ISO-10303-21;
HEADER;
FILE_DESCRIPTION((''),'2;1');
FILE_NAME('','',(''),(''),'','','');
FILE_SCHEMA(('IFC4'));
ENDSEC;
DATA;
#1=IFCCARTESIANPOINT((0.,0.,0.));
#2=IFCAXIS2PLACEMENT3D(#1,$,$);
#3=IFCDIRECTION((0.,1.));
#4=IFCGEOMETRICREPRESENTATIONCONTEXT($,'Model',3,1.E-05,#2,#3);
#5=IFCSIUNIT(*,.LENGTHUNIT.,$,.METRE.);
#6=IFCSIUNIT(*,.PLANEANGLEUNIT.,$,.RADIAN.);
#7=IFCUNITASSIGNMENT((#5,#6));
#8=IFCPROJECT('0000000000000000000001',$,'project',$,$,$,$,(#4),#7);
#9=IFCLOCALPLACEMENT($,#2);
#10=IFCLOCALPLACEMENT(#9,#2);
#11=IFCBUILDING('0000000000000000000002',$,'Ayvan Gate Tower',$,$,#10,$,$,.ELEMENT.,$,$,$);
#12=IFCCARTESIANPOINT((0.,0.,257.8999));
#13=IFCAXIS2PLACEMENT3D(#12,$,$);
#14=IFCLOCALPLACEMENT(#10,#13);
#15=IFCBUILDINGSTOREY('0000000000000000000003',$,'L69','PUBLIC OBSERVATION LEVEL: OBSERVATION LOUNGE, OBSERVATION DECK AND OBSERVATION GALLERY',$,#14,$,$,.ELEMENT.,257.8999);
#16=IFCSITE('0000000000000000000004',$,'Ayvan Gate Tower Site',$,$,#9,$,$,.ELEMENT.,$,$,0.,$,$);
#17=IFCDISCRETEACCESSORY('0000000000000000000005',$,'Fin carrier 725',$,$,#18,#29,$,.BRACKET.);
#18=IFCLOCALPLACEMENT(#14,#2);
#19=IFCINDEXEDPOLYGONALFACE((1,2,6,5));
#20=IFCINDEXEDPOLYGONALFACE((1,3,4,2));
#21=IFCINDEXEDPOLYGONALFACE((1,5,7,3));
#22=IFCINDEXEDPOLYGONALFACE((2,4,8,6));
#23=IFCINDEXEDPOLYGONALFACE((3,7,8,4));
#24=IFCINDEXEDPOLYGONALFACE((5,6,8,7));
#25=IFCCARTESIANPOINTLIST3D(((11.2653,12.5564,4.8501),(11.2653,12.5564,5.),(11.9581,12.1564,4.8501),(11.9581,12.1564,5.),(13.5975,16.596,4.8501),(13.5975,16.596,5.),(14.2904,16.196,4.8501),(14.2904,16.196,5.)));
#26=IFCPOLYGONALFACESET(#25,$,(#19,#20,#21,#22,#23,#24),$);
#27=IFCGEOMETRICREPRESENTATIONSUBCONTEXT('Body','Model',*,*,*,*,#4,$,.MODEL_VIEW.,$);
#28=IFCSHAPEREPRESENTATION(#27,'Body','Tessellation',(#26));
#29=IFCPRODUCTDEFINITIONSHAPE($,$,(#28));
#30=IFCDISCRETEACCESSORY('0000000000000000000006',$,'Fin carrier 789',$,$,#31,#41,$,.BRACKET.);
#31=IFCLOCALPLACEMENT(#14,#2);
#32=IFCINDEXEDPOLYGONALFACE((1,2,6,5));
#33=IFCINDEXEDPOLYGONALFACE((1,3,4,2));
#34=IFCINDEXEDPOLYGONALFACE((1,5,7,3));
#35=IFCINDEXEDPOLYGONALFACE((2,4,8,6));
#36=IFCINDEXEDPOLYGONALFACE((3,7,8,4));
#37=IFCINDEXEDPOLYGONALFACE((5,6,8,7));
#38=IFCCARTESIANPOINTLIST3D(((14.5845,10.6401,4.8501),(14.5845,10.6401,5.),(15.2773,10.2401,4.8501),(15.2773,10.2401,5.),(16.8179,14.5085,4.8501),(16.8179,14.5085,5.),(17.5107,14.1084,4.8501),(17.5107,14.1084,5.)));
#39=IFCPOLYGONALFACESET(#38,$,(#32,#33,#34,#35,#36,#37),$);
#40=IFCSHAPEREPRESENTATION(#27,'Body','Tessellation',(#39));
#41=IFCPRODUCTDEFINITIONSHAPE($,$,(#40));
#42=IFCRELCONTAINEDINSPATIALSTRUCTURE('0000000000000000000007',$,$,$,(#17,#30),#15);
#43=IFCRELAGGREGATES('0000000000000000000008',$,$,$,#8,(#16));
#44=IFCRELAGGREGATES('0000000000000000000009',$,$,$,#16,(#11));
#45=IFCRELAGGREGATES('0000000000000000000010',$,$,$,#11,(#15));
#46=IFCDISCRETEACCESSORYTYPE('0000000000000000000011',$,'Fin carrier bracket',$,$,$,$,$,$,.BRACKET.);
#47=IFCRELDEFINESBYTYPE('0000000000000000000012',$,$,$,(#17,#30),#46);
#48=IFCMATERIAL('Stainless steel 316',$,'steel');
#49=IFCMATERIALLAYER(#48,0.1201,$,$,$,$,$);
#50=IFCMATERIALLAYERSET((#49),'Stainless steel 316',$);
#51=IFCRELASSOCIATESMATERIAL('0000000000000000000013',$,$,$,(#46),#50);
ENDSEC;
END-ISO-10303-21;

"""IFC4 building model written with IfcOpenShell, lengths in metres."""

from ifc_helpers import new_model, si_unit, direction, frame, origin, origin_2d, place, context, subcontext, project, spatial, rectangle, extrude, material, layer, layer_set, type_object, element, save


model = new_model("IFC4")

# Units and contexts
model_context = context("Model", 3, precision=1e-05, world=origin(), true_north=direction((0.0, 1.0)))
body_context = subcontext(model_context, "Body", "Model", "MODEL_VIEW")
ifc_project = project(units=[si_unit("LENGTHUNIT", "METRE"), si_unit("PLANEANGLEUNIT", "RADIAN")], contexts=[model_context])

# Site, building, storey
site_placement = place(None, origin())
site = spatial("IfcSite", under=ifc_project, at=site_placement, Name="Ayvan Gate Tower Site", CompositionType="ELEMENT", RefElevation=0.0)
building_placement = place(site_placement, origin())
building = spatial("IfcBuilding", under=site, at=building_placement, Name="Ayvan Gate Tower", CompositionType="ELEMENT")
storey_placement = place(building_placement, frame((0.0, 0.0, 257.8999)))
storey = spatial("IfcBuildingStorey", under=building, at=storey_placement, Name="L69", Description="PUBLIC OBSERVATION LEVEL: OBSERVATION LOUNGE, OBSERVATION DECK AND OBSERVATION GALLERY", CompositionType="ELEMENT", Elevation=257.8999)

# Discrete accessories
ifc_material_1 = material(Name="Stainless steel 316", Category="steel")
ifc_layer_1 = layer(ifc_material_1, 0.1201)
ifc_layer_set_1 = layer_set([ifc_layer_1], Name="Stainless steel 316")
discrete_accessory_type = type_object("IfcDiscreteAccessoryType", Name="Fin carrier bracket", PredefinedType="BRACKET", material=ifc_layer_set_1)
discrete_accessory_1_placement = place(storey_placement, frame((12.7778, 14.3762, 4.8501), z_axis=(0.0, 0.0, 1.0), x_axis=(-0.866025, 0.5, 0.0)))
element("IfcDiscreteAccessory", 1, at=discrete_accessory_1_placement, inside=storey, type_object=discrete_accessory_type, Name="Fin carrier 725", PredefinedType="BRACKET", context=body_context, shape_type="SweptSolid", body=[
    extrude(rectangle(XDim=0.8, YDim=4.6646, at=origin_2d()), origin(), (0.0, 0.0, 1.0), 0.1499),
])
discrete_accessory_2_placement = place(storey_placement, frame((16.0476, 12.3743, 4.8501), z_axis=(0.0, 0.0, 1.0), x_axis=(-0.866025, 0.5, 0.0)))
element("IfcDiscreteAccessory", 2, at=discrete_accessory_2_placement, inside=storey, type_object=discrete_accessory_type, Name="Fin carrier 789", PredefinedType="BRACKET", context=body_context, shape_type="SweptSolid", body=[
    extrude(rectangle(XDim=0.8, YDim=4.4668, at=origin_2d()), origin(), (0.0, 0.0, 1.0), 0.1499),
])

save(model, "model.ifc")
